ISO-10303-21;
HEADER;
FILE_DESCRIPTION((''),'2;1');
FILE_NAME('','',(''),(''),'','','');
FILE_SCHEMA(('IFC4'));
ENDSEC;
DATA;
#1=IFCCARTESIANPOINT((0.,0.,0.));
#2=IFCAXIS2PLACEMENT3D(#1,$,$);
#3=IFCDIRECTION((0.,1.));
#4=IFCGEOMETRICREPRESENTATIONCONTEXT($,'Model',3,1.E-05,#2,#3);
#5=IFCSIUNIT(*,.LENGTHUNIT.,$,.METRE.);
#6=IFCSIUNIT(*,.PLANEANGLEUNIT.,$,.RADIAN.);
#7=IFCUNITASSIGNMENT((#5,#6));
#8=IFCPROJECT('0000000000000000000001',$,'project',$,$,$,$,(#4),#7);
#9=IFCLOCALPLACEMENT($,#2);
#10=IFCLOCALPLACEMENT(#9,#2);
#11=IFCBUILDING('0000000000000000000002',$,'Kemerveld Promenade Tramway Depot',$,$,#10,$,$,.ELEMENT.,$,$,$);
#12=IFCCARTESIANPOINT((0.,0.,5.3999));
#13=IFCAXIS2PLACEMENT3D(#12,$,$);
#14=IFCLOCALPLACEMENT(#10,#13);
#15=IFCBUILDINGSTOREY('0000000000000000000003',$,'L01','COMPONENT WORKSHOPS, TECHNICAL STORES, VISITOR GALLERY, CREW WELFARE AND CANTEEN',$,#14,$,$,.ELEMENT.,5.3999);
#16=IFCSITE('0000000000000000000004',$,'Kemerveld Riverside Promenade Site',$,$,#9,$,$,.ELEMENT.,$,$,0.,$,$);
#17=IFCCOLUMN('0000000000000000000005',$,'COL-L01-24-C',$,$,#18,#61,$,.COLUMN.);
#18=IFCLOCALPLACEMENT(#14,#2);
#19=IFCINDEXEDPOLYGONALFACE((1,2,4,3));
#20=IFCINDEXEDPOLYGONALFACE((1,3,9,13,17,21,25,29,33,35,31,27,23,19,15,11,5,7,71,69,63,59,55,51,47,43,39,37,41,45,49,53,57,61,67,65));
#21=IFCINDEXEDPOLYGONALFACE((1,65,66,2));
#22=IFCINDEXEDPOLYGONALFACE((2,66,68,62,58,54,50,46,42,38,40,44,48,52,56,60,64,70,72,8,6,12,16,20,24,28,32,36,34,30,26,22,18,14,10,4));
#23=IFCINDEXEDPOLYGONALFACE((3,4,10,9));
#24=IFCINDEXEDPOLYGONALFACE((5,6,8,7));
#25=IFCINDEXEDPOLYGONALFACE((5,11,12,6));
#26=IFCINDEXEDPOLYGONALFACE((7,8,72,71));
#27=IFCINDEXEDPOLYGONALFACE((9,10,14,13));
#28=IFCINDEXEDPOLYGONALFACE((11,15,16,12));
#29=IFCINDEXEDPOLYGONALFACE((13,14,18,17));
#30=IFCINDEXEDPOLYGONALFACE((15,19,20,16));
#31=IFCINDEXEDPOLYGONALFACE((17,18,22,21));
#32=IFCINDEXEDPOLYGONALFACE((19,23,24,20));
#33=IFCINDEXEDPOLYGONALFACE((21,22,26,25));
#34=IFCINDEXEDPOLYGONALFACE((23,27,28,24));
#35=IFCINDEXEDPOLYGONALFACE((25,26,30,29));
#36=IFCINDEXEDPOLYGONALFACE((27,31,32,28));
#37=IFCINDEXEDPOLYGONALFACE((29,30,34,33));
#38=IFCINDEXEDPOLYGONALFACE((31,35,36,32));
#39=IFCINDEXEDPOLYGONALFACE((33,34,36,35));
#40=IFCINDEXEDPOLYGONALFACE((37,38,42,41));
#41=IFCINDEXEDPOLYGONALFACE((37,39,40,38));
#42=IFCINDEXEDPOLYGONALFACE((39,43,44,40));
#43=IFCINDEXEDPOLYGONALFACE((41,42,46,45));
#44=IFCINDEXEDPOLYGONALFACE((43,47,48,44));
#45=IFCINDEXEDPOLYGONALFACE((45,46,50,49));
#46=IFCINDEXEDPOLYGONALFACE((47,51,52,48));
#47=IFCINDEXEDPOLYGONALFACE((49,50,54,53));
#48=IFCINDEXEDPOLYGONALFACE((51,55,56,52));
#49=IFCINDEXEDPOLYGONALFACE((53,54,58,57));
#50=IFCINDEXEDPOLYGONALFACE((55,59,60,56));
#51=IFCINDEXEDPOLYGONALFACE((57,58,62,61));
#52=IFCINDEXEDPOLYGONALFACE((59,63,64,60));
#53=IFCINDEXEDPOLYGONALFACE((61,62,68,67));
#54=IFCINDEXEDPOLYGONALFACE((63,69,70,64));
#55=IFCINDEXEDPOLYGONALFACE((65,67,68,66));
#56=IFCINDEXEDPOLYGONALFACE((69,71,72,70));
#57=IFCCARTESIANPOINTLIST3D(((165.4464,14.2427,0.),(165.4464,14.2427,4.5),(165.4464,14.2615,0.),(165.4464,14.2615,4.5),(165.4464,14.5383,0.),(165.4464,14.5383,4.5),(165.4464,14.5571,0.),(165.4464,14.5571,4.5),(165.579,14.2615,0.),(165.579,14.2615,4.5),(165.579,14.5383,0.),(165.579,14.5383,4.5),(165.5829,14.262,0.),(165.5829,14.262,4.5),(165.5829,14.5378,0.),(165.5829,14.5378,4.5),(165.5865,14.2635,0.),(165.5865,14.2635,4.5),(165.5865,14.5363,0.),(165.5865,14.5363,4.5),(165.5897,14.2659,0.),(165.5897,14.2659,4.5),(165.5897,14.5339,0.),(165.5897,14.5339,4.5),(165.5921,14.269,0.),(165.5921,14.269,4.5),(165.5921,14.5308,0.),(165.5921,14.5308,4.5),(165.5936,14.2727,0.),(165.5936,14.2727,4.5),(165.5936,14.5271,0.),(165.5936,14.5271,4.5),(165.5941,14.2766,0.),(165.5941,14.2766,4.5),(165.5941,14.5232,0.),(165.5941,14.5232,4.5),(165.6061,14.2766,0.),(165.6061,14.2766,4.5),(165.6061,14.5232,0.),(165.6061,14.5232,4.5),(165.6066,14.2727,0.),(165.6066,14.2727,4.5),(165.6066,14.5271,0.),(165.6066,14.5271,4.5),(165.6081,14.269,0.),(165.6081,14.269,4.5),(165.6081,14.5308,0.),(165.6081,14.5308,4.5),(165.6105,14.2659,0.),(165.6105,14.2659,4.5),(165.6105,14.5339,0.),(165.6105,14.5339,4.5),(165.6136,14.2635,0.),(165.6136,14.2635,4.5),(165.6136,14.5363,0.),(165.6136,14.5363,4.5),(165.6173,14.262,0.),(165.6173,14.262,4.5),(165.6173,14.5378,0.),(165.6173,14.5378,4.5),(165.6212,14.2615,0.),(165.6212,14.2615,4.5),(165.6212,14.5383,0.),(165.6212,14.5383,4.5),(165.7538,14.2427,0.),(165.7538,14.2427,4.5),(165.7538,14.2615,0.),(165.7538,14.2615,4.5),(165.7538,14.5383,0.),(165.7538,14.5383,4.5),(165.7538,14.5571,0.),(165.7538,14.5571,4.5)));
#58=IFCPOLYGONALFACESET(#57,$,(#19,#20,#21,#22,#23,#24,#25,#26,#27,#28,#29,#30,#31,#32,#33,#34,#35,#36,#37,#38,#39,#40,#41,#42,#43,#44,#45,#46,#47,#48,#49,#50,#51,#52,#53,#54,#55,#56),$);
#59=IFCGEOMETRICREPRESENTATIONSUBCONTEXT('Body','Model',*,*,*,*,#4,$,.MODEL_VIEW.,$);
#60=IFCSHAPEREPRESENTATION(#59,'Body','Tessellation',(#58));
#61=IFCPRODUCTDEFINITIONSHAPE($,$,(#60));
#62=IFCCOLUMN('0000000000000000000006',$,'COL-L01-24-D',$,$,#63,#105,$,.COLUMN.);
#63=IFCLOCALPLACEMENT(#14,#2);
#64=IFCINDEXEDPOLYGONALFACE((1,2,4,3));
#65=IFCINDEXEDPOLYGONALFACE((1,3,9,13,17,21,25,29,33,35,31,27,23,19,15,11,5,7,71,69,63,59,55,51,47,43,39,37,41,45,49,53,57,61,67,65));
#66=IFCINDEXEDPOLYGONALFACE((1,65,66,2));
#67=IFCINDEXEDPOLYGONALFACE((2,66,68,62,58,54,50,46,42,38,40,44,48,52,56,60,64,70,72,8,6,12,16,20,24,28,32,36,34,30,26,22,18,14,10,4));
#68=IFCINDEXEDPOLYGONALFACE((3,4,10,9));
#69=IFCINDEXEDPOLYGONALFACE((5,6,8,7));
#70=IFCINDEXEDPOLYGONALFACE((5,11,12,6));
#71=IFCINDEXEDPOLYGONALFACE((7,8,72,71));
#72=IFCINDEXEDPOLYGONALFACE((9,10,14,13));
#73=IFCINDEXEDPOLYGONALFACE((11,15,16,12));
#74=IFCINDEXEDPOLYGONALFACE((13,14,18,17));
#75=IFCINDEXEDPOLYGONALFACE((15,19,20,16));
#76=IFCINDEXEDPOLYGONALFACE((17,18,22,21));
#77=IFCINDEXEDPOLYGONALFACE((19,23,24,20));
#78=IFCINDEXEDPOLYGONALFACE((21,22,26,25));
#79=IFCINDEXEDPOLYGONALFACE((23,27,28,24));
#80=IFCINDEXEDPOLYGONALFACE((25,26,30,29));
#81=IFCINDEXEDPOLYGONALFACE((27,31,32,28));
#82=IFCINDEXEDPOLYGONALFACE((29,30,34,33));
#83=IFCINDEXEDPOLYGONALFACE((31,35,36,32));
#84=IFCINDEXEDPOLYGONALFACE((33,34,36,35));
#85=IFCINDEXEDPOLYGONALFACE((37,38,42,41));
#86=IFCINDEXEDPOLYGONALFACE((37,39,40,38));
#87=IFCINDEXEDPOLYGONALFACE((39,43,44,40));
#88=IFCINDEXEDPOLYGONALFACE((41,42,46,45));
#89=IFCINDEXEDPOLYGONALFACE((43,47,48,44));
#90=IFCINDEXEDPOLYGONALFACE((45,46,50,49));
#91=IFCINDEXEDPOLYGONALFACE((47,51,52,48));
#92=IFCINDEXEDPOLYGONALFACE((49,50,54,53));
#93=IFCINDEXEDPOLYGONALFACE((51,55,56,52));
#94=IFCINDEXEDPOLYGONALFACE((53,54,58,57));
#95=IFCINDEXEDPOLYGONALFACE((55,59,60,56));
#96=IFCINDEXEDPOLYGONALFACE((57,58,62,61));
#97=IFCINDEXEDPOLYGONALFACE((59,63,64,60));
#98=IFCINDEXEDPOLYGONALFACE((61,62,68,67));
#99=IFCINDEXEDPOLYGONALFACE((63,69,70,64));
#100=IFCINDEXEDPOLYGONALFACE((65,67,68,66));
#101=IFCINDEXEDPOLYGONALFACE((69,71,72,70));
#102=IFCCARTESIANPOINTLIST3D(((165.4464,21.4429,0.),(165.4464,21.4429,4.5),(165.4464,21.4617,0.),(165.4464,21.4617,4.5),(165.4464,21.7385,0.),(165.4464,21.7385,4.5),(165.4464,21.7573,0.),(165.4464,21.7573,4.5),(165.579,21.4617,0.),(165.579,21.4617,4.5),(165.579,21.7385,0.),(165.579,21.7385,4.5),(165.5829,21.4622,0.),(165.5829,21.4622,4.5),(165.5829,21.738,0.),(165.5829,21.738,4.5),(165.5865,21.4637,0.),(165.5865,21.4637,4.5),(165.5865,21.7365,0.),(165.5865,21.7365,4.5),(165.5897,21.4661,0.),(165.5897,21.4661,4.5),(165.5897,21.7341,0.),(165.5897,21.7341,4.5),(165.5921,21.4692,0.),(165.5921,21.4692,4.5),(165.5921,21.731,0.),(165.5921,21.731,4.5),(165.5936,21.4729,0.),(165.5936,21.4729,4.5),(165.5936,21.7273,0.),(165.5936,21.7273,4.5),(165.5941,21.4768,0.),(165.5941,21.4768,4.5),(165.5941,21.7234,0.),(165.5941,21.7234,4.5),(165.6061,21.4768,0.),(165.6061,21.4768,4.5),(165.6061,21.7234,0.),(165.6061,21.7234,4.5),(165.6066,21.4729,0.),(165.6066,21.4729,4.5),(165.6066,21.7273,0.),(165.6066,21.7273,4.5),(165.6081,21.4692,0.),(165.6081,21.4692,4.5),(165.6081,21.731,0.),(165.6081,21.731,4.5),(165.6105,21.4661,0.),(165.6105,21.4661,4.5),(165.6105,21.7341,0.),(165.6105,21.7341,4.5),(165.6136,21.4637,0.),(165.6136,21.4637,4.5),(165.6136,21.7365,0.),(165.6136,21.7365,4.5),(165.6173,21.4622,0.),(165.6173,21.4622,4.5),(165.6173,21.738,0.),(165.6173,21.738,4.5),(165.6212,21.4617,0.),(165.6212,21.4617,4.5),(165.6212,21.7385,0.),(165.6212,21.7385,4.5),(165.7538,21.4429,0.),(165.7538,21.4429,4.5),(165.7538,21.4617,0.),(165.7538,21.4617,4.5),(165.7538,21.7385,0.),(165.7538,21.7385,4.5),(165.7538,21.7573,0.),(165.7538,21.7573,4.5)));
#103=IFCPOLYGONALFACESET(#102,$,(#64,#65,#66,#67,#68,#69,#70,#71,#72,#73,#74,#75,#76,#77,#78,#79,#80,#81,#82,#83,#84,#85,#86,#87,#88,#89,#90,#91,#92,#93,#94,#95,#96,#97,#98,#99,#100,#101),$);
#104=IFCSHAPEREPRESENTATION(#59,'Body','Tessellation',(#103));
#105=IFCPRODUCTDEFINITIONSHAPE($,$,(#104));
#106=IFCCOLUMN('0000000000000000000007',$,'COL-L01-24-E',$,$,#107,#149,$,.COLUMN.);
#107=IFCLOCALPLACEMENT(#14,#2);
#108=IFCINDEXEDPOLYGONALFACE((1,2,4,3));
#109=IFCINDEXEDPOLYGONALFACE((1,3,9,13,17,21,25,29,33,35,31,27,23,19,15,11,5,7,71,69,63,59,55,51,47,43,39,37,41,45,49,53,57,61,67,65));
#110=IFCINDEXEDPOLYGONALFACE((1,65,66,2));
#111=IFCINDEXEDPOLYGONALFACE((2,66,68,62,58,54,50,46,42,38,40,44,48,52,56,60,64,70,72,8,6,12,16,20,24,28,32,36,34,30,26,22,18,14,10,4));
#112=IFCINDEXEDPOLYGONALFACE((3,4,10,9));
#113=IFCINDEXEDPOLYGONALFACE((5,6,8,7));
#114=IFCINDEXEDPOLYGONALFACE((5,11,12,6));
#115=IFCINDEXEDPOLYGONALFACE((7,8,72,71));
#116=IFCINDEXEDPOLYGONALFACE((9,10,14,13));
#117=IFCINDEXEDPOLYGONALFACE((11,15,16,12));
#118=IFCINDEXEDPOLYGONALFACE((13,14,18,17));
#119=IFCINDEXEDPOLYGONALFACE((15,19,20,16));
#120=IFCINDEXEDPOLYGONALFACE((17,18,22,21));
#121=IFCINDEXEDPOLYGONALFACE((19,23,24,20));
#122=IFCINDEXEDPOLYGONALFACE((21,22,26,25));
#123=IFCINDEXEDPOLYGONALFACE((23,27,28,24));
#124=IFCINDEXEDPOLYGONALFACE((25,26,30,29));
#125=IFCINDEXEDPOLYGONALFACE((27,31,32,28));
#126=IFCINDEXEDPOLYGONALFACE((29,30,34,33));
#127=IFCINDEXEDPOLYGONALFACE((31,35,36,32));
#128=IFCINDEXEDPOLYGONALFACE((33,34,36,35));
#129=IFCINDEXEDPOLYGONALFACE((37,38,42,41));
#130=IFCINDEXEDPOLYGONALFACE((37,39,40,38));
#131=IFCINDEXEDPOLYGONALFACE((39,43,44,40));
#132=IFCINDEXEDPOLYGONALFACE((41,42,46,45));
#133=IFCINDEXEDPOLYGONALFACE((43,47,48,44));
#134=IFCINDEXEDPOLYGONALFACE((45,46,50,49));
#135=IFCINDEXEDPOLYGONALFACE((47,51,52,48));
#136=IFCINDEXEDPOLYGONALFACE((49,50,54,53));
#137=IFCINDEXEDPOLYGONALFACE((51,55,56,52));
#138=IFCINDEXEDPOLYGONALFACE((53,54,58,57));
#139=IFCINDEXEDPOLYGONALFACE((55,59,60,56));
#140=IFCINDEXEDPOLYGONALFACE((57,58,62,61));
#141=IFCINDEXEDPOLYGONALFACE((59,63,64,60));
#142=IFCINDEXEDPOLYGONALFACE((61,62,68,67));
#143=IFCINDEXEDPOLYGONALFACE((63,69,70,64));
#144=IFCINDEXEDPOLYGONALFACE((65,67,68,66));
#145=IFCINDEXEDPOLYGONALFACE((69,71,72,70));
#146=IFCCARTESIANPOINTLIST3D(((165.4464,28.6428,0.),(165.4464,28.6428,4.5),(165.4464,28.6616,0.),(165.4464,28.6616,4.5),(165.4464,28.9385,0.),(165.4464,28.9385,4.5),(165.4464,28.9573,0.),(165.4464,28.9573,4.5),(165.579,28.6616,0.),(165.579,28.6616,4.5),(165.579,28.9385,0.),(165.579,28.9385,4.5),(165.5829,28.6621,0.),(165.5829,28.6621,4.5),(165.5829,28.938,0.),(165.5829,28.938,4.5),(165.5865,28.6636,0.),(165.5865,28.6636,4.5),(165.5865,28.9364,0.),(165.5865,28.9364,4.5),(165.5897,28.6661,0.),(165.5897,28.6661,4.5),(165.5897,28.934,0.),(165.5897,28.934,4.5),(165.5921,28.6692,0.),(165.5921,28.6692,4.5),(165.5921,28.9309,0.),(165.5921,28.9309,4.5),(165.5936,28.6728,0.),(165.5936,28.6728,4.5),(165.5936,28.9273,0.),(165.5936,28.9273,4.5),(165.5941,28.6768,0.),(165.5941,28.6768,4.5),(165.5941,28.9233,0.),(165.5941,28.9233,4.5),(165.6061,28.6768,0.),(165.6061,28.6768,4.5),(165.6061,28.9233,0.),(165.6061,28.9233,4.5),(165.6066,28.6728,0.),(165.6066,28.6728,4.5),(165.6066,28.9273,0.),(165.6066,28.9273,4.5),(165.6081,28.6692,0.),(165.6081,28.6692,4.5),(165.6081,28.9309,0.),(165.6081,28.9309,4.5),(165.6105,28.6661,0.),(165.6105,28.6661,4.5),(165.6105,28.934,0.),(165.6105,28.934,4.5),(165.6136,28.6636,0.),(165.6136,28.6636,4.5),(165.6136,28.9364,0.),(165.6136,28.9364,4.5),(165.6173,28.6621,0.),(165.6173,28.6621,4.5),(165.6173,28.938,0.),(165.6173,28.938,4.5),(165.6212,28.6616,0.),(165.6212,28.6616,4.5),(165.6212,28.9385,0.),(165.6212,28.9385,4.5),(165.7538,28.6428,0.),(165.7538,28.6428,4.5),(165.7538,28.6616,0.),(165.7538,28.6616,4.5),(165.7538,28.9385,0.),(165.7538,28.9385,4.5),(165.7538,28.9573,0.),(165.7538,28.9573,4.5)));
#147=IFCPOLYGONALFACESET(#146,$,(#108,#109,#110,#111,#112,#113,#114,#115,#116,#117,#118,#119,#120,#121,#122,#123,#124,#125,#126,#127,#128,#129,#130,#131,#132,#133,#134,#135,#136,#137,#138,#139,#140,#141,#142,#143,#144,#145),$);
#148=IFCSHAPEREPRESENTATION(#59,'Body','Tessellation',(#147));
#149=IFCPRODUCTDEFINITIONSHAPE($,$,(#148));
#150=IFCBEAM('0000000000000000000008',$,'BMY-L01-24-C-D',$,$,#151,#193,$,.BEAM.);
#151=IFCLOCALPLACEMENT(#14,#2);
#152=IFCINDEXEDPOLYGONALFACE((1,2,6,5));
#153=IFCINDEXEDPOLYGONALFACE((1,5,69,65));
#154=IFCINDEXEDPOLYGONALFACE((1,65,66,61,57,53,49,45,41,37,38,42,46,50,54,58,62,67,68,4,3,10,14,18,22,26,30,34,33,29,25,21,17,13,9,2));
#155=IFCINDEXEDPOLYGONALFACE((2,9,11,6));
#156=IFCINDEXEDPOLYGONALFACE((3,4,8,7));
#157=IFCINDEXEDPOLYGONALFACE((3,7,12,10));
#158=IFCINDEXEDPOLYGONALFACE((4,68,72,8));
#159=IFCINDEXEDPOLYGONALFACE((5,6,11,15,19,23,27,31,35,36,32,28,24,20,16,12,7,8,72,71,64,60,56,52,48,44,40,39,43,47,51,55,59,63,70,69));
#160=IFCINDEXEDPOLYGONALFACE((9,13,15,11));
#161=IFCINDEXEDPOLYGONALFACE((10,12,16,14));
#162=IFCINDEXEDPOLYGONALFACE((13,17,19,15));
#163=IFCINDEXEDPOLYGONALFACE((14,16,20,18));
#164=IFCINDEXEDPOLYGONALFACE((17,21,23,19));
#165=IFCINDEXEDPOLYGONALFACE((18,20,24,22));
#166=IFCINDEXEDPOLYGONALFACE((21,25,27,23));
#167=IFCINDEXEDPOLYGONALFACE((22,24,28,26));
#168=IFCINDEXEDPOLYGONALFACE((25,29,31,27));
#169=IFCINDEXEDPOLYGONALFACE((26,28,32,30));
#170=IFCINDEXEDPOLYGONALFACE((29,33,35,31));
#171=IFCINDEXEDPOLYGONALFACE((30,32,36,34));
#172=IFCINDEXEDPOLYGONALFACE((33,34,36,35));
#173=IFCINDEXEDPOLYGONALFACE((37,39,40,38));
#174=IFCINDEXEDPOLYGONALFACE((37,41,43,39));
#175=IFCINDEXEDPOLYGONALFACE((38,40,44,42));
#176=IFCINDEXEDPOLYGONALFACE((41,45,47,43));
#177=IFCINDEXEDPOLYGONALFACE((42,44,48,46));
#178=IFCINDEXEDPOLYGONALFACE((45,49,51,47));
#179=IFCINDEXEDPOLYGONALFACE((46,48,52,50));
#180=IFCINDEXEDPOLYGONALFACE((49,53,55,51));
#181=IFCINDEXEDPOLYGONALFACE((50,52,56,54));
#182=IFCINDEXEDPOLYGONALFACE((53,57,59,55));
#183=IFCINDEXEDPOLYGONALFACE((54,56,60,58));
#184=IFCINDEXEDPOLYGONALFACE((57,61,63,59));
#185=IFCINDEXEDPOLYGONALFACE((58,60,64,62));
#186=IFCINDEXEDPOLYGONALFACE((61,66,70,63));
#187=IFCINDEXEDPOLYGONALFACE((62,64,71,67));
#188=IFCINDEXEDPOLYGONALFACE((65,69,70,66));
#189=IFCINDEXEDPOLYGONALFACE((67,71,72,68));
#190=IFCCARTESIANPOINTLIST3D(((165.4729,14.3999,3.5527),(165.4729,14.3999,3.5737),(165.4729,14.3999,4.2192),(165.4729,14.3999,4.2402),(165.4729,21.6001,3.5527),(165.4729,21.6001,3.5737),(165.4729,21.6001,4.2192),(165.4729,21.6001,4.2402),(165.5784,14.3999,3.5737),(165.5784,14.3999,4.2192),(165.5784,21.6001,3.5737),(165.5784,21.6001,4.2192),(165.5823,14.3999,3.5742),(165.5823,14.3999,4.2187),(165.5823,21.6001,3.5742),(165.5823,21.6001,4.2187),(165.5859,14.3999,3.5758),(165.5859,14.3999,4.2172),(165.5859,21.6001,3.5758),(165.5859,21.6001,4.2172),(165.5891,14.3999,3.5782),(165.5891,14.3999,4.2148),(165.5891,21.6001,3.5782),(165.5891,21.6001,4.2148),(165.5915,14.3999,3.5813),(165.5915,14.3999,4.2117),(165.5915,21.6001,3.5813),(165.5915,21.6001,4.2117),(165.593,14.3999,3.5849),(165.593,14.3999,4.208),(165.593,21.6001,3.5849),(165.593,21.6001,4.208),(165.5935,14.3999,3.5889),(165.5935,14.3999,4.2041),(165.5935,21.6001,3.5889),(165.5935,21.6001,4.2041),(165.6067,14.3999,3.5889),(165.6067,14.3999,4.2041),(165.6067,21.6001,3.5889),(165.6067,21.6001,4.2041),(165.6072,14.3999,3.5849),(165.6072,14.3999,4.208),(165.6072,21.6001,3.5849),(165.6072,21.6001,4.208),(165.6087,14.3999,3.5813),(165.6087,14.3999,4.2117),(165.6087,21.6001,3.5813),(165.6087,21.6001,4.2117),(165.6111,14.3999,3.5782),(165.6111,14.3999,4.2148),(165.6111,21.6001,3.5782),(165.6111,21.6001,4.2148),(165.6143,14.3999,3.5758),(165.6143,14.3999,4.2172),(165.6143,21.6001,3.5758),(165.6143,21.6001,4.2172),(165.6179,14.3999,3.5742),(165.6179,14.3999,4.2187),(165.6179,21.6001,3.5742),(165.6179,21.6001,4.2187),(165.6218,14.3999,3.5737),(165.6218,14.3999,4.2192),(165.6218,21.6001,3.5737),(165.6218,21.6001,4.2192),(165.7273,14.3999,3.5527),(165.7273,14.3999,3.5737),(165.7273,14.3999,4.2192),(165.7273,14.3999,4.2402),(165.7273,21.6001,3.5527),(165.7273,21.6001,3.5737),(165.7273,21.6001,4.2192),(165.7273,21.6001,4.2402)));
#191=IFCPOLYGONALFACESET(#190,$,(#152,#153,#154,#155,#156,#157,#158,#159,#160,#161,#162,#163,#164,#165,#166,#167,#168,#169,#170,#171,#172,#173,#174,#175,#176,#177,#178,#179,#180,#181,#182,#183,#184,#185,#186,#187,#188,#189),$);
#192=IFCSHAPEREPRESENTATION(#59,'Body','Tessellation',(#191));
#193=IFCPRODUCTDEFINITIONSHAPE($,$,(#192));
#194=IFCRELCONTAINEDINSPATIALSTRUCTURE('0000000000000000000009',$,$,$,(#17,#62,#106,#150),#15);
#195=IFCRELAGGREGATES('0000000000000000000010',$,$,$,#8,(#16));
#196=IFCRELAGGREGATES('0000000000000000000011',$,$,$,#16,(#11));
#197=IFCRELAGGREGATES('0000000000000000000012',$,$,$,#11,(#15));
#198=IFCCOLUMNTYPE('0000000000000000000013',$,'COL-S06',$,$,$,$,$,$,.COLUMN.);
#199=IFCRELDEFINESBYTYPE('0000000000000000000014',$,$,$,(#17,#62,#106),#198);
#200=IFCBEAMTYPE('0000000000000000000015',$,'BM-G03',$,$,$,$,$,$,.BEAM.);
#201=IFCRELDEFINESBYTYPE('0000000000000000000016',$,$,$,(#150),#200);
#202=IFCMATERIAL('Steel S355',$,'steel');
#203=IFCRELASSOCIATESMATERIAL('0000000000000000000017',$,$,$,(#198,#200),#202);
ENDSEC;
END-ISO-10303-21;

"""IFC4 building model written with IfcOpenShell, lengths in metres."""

from ifc_helpers import new_model, si_unit, direction, frame, origin, origin_2d, place, context, subcontext, project, spatial, i_section, extrude, material, material_profile, profile_set, type_object, element, save


model = new_model("IFC4")

# Units and contexts
model_context = context("Model", 3, precision=1e-05, world=origin(), true_north=direction((0.0, 1.0)))
body_context = subcontext(model_context, "Body", "Model", "MODEL_VIEW")
ifc_project = project(units=[si_unit("LENGTHUNIT", "METRE"), si_unit("PLANEANGLEUNIT", "RADIAN")], contexts=[model_context])

# Site, building, storey
site_placement = place(None, origin())
site = spatial("IfcSite", under=ifc_project, at=site_placement, Name="Kemerveld Riverside Promenade Site", CompositionType="ELEMENT", RefElevation=0.0)
building_placement = place(site_placement, origin())
building = spatial("IfcBuilding", under=site, at=building_placement, Name="Kemerveld Promenade Tramway Depot", CompositionType="ELEMENT")
storey_placement = place(building_placement, frame((0.0, 0.0, 5.3999)))
storey = spatial("IfcBuildingStorey", under=building, at=storey_placement, Name="L01", Description="COMPONENT WORKSHOPS, TECHNICAL STORES, VISITOR GALLERY, CREW WELFARE AND CANTEEN", CompositionType="ELEMENT", Elevation=5.3999)

# Columns
ifc_material_1 = material(Name="Steel S355", Category="steel")
ifc_material_profile_1 = material_profile(ifc_material_1, i_section(OverallWidth=0.3074, OverallDepth=0.3145, WebThickness=0.012, FlangeThickness=0.0188, FilletRadius=0.0151, at=origin_2d()), Name="305x305x118 UC")
ifc_profile_set_1 = profile_set([ifc_material_profile_1], Name="Steel S355")
column_type = type_object("IfcColumnType", Name="COL-S06", PredefinedType="COLUMN", material=ifc_profile_set_1)
for number, where, z_axis, x_axis, name in (
    (1, (165.6001, 14.3999, 0.0), (0.0, 0.0, 1.0), (1.0, 0.0, 0.0), "COL-L01-24-C"),
    (2, (165.6001, 21.6001, 0.0), (0.0, 0.0, 1.0), (1.0, 0.0, 0.0), "COL-L01-24-D"),
    (3, (165.6001, 28.8, 0.0), (0.0, 0.0, 1.0), (1.0, 0.0, 0.0), "COL-L01-24-E"),
):
    element("IfcColumn", number, at=place(storey_placement, frame(where, z_axis=z_axis, x_axis=x_axis)), inside=storey, type_object=column_type, Name=name, PredefinedType="COLUMN", context=body_context, shape_type="SweptSolid", body=[
        extrude(i_section(OverallWidth=0.3074, OverallDepth=0.3145, WebThickness=0.012, FlangeThickness=0.0188, FilletRadius=0.0151, at=origin_2d()), origin(), (0.0, 0.0, 1.0), 4.5),
    ])

# Beam
ifc_material_profile_2 = material_profile(ifc_material_1, i_section(OverallWidth=0.2544, OverallDepth=0.6875, WebThickness=0.0132, FlangeThickness=0.021, FilletRadius=0.0151, at=origin_2d()), Name="686x254x152 UB")
ifc_profile_set_2 = profile_set([ifc_material_profile_2], Name="Steel S355")
beam_type = type_object("IfcBeamType", Name="BM-G03", PredefinedType="BEAM", material=ifc_profile_set_2)
beam_placement = place(storey_placement, frame((165.6001, 14.3999, 3.8965), z_axis=(0.0, 1.0, 0.0), x_axis=(-1.0, 0.0, 0.0)))
element("IfcBeam", 4, at=beam_placement, inside=storey, type_object=beam_type, Name="BMY-L01-24-C-D", PredefinedType="BEAM", context=body_context, shape_type="SweptSolid", body=[
    extrude(i_section(OverallWidth=0.2544, OverallDepth=0.6875, WebThickness=0.0132, FlangeThickness=0.021, FilletRadius=0.0151, at=origin_2d()), origin(), (0.0, 0.0, 1.0), 7.2002),
])

save(model, "model.ifc")
